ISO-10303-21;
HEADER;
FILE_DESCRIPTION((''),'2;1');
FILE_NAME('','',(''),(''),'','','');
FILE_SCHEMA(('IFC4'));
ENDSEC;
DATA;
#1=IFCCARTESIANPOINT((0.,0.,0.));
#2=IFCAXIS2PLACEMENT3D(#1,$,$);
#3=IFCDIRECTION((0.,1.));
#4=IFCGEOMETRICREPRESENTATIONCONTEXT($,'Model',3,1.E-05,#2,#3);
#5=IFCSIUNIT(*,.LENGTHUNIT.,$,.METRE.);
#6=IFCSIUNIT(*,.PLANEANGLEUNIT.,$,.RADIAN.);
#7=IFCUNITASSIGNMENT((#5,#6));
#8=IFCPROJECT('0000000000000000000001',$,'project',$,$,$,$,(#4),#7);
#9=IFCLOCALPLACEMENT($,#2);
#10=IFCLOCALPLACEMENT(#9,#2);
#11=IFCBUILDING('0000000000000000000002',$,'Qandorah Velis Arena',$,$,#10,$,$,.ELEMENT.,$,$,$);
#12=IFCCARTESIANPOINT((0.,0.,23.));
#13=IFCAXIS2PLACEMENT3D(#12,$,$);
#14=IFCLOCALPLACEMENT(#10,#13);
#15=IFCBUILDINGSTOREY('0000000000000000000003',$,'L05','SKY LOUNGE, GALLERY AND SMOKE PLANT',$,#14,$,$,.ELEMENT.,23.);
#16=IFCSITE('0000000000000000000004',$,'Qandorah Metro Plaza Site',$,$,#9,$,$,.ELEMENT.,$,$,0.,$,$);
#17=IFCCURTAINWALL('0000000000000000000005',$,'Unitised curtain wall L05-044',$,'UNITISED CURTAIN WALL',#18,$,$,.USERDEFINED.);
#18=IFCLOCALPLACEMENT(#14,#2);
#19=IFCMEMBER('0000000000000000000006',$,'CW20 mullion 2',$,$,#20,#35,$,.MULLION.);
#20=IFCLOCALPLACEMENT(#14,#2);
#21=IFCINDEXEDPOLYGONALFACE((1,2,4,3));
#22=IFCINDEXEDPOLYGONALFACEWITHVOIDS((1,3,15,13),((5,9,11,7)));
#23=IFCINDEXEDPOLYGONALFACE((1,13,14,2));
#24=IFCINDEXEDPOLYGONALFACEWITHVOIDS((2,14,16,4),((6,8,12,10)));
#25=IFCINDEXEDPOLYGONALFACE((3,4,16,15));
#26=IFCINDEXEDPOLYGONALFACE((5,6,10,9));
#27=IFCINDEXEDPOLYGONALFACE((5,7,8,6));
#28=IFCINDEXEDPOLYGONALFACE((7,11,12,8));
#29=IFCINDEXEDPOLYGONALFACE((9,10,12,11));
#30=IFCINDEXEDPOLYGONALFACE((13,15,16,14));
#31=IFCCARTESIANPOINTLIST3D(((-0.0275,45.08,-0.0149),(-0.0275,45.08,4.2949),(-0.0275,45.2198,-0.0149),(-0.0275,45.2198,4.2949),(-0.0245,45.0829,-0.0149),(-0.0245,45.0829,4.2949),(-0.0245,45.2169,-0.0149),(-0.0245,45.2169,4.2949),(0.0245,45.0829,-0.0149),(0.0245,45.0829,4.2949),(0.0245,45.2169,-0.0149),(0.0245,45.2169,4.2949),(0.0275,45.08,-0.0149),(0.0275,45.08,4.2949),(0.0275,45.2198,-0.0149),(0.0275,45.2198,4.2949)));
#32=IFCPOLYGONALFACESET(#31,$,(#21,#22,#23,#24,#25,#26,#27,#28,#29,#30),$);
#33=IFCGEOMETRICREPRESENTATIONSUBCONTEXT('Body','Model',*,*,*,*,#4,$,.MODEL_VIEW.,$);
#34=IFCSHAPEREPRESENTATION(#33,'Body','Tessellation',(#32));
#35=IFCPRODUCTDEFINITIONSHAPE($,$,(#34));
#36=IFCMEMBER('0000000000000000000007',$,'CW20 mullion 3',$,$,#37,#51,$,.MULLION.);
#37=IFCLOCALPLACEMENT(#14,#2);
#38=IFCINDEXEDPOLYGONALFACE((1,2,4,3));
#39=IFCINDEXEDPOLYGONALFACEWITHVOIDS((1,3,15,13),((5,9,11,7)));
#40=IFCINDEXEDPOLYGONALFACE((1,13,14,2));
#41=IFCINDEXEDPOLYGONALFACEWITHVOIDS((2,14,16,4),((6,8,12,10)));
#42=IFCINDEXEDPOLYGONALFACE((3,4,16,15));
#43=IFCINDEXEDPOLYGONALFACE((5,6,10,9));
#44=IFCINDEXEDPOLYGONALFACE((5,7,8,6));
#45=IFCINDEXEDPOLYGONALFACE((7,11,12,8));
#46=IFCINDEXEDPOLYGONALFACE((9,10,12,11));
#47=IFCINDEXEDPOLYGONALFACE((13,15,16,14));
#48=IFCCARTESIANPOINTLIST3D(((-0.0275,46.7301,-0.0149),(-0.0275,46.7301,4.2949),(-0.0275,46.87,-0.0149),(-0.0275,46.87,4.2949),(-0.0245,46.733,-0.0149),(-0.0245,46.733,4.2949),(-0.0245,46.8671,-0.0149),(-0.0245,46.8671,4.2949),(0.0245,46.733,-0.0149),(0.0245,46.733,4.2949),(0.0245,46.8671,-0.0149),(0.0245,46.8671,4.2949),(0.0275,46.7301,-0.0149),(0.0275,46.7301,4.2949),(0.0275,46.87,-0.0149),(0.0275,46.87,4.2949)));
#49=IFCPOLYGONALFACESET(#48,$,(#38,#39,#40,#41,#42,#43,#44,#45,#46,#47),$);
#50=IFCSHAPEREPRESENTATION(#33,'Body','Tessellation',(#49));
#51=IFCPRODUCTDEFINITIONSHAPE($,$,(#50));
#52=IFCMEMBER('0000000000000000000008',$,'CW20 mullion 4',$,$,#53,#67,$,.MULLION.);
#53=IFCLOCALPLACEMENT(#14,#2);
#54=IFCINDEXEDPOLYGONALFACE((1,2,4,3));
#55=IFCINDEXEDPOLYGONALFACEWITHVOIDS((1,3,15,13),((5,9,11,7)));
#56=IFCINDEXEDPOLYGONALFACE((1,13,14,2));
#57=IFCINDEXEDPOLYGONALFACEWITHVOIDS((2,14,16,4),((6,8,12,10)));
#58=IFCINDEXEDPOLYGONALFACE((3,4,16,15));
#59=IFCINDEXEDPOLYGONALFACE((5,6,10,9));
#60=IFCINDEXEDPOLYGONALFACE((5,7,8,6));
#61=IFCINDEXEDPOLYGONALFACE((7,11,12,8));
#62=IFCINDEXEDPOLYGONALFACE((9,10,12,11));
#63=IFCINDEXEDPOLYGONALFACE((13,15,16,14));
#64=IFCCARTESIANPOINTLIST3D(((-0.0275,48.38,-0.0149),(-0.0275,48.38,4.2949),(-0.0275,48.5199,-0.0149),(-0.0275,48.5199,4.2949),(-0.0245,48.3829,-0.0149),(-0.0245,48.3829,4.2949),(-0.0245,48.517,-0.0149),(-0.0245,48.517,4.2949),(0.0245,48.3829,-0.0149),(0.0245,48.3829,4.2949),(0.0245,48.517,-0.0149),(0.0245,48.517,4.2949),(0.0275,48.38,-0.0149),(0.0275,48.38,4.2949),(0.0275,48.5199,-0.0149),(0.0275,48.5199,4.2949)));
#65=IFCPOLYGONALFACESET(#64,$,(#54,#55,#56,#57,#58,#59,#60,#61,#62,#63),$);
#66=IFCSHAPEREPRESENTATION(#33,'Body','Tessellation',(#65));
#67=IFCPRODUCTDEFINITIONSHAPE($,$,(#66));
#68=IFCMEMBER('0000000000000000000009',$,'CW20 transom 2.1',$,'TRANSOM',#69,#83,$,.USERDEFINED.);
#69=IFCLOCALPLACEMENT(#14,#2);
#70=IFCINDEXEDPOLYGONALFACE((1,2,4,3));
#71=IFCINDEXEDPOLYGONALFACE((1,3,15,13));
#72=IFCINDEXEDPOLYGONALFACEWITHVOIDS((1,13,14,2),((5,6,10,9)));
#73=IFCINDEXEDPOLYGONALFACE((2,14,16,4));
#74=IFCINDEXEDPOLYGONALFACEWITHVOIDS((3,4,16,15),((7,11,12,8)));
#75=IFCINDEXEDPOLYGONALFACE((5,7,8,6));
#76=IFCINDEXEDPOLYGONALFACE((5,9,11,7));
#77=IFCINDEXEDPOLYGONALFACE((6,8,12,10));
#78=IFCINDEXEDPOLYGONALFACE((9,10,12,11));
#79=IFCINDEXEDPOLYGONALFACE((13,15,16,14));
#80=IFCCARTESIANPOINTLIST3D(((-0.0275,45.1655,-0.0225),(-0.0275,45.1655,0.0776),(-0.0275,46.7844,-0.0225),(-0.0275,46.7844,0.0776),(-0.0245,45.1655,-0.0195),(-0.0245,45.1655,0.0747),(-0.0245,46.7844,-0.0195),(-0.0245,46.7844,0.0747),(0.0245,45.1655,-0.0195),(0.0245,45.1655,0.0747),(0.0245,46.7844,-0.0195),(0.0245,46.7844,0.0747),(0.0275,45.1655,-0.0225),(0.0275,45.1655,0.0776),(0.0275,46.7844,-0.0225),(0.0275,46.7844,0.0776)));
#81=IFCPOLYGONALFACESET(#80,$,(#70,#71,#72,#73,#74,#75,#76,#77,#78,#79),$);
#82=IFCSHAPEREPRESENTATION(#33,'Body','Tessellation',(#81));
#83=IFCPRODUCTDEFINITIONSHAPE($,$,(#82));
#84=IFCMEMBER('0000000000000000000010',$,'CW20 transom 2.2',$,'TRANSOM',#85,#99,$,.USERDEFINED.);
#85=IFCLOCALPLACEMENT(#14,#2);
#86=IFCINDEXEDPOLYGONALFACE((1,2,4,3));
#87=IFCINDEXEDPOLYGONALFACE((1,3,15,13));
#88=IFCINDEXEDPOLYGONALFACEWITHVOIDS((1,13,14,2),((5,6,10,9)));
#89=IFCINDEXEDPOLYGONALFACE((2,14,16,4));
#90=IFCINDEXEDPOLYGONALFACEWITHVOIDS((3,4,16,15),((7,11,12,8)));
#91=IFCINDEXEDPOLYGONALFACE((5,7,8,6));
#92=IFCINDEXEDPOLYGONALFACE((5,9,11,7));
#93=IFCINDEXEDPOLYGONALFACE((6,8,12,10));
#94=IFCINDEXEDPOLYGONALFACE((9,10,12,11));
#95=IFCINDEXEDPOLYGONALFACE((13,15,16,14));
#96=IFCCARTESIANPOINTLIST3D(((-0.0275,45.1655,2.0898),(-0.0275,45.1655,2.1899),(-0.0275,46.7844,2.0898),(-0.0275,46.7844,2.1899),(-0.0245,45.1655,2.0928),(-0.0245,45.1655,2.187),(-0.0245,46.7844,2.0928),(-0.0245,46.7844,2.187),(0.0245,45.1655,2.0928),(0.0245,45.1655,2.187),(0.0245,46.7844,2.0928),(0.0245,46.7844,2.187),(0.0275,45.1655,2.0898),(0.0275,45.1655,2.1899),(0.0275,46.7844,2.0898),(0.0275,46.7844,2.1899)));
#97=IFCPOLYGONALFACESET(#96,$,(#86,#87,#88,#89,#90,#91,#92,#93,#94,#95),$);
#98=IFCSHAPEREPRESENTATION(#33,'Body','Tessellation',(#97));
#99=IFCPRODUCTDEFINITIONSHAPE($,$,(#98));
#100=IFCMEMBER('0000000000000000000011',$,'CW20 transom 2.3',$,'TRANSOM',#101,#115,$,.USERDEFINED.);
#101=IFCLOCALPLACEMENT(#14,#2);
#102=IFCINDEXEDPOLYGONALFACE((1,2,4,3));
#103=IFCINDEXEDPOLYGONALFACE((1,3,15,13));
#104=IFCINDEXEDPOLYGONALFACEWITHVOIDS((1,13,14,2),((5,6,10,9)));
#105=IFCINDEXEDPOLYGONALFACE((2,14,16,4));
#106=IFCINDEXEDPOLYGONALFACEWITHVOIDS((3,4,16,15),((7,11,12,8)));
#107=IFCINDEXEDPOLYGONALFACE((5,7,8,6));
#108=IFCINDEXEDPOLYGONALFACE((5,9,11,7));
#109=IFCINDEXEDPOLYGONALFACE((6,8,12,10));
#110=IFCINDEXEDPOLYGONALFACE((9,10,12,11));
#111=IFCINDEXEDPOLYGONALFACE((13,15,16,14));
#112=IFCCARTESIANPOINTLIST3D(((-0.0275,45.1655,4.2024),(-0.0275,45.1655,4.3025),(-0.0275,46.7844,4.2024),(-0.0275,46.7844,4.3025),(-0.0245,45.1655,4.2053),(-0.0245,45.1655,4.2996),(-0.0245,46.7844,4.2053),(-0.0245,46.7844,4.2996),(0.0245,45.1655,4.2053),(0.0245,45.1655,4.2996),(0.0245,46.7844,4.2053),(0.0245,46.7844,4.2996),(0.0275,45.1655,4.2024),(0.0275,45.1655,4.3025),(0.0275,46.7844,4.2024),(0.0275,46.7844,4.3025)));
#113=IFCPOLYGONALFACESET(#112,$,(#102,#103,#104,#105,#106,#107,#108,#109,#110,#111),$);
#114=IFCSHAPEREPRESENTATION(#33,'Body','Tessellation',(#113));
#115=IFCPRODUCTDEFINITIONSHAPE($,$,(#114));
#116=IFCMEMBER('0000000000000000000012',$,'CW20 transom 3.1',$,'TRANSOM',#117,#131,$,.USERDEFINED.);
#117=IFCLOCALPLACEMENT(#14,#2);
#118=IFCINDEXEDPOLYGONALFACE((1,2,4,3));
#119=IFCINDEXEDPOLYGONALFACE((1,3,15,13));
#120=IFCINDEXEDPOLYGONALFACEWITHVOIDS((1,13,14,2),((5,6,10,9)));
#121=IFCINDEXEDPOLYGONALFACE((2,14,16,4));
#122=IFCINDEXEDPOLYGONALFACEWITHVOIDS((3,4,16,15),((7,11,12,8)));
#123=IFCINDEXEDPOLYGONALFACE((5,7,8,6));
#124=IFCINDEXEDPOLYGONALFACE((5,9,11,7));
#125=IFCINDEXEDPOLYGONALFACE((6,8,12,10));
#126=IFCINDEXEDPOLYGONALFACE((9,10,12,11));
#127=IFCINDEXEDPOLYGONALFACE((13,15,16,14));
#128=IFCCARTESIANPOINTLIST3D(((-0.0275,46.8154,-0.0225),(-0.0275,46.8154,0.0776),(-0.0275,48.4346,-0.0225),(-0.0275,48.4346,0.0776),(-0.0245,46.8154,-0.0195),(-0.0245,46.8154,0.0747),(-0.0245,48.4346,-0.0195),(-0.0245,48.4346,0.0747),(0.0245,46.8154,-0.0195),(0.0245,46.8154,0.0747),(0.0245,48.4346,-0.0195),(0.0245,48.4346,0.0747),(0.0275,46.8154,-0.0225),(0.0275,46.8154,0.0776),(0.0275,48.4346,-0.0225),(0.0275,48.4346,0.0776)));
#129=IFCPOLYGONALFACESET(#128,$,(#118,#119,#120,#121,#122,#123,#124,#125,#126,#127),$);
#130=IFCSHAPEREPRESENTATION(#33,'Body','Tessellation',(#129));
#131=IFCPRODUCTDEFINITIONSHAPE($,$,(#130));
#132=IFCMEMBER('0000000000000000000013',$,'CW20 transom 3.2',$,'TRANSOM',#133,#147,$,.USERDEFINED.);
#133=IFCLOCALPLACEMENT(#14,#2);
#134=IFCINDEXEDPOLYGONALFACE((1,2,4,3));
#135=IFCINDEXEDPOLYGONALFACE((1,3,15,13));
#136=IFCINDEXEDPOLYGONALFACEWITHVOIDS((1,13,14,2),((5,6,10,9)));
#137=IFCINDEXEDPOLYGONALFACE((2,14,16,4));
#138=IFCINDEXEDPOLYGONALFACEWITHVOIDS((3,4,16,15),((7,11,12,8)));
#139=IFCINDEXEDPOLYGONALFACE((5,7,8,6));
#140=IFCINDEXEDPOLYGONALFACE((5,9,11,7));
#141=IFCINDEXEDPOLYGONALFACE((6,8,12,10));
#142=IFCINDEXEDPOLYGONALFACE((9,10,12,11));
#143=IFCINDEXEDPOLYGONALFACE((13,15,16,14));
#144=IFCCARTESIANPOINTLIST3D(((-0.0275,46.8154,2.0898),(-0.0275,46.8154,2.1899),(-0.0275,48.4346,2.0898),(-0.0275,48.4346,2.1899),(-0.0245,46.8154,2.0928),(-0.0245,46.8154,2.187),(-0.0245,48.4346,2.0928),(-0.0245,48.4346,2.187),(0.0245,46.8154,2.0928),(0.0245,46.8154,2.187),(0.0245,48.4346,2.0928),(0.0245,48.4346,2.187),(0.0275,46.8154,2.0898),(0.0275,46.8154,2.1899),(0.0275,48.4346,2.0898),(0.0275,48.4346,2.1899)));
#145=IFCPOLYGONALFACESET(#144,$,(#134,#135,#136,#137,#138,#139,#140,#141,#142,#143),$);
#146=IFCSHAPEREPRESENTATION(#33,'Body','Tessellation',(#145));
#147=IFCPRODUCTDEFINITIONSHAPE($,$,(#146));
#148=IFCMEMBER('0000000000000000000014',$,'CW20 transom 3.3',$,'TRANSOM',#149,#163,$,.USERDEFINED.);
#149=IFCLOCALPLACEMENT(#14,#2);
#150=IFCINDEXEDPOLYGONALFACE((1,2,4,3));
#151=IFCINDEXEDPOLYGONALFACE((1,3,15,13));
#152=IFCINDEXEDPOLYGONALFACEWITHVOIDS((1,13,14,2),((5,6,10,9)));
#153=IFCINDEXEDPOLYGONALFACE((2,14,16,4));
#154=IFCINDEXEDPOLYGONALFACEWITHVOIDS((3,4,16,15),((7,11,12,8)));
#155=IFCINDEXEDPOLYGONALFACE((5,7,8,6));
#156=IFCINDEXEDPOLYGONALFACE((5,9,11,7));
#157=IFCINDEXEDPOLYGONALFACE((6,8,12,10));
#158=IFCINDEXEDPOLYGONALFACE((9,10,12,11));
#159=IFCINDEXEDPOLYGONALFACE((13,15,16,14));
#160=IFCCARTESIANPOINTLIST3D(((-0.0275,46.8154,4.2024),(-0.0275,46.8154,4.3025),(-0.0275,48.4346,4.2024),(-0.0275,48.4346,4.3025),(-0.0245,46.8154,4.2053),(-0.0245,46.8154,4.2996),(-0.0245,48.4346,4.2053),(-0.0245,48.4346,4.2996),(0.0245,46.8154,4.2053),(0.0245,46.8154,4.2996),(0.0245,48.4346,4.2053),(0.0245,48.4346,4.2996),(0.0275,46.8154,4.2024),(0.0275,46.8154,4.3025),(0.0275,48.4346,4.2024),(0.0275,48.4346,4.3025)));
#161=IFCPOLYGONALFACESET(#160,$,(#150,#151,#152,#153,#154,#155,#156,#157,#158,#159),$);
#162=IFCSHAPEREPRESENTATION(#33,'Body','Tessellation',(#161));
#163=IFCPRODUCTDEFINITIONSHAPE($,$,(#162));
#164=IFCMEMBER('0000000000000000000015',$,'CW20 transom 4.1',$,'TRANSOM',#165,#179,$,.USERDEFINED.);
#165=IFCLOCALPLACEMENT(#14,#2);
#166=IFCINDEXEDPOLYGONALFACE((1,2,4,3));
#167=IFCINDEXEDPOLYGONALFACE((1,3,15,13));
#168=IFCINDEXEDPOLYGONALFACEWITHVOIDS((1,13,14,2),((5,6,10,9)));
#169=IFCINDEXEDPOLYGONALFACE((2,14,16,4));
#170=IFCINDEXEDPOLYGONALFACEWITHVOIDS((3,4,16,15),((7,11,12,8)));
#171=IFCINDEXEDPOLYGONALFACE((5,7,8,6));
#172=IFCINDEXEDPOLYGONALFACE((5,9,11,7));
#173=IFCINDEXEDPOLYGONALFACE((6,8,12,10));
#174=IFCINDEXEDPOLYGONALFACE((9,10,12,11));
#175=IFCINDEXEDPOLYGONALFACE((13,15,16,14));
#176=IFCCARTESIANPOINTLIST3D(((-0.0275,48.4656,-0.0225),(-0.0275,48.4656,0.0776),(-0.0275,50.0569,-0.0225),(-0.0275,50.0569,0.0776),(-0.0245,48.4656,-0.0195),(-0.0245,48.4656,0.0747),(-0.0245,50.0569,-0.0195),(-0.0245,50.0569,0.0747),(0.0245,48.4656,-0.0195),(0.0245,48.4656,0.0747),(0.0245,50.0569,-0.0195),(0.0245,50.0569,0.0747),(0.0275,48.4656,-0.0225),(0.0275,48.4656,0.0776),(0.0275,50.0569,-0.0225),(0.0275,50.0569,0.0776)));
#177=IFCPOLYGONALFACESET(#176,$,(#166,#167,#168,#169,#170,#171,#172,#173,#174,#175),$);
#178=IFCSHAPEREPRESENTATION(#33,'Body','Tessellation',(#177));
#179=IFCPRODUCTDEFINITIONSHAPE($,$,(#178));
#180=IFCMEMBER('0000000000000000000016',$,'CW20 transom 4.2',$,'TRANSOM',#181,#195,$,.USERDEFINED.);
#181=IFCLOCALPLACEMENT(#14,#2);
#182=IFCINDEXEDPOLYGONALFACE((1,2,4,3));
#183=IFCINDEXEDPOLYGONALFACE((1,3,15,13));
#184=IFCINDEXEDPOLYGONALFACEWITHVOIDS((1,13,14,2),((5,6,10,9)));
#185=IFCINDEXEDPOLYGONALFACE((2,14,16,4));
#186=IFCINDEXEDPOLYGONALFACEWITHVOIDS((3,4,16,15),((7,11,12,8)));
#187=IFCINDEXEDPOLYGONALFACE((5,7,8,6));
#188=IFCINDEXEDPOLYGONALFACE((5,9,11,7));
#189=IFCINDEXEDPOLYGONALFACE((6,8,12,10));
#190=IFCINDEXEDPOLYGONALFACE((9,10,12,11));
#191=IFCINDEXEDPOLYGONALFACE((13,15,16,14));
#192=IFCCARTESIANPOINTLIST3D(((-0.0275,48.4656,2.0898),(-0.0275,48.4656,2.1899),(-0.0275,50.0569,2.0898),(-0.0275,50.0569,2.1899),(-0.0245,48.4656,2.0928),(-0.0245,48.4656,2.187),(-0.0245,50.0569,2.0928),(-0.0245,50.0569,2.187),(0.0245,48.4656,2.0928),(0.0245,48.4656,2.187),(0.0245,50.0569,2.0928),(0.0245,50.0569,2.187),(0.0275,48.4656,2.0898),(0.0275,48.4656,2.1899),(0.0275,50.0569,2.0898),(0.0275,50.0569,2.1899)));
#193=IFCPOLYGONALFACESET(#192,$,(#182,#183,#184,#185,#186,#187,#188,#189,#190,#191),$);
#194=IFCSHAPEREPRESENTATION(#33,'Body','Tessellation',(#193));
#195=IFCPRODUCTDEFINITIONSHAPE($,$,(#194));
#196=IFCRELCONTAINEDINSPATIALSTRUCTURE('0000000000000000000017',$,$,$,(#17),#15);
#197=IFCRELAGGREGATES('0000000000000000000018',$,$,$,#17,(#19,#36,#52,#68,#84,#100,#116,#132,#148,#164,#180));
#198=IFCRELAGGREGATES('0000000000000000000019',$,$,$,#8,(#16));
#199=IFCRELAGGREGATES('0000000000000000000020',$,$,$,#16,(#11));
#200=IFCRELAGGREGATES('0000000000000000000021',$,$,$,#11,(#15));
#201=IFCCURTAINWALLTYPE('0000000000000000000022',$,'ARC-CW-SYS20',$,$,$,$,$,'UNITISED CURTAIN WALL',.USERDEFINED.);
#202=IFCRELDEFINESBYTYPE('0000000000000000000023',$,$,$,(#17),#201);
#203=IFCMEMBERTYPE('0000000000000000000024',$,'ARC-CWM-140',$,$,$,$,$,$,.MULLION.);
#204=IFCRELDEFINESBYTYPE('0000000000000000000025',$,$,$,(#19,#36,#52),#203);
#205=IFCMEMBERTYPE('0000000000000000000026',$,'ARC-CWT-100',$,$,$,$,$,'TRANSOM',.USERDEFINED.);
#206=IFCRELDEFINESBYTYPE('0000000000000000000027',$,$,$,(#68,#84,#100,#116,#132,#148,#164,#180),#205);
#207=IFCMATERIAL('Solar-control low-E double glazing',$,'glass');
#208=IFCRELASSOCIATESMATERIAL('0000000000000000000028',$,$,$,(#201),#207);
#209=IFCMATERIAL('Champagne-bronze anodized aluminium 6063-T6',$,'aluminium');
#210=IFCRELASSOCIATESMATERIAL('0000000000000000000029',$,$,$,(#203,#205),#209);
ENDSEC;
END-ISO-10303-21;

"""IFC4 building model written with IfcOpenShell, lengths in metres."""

from ifc_helpers import new_model, si_unit, direction, frame, origin, origin_2d, place, context, subcontext, project, spatial, hollow_rectangle, extrude, material, material_profile, profile_set, type_object, element, aggregate, save


model = new_model("IFC4")

# Units and contexts
model_context = context("Model", 3, precision=1e-05, world=origin(), true_north=direction((0.0, 1.0)))
body_context = subcontext(model_context, "Body", "Model", "MODEL_VIEW")
ifc_project = project(units=[si_unit("LENGTHUNIT", "METRE"), si_unit("PLANEANGLEUNIT", "RADIAN")], contexts=[model_context])

# Site, building, storey
site_placement = place(None, origin())
site = spatial("IfcSite", under=ifc_project, at=site_placement, Name="Qandorah Metro Plaza Site", CompositionType="ELEMENT", RefElevation=0.0)
building_placement = place(site_placement, origin())
building = spatial("IfcBuilding", under=site, at=building_placement, Name="Qandorah Velis Arena", CompositionType="ELEMENT")
storey_placement = place(building_placement, frame((0.0, 0.0, 23.0)))
storey = spatial("IfcBuildingStorey", under=building, at=storey_placement, Name="L05", Description="SKY LOUNGE, GALLERY AND SMOKE PLANT", CompositionType="ELEMENT", Elevation=23.0)

# Curtain wall, members
ifc_material_1 = material(Name="Solar-control low-E double glazing", Category="glass")
curtain_wall_type = type_object("IfcCurtainWallType", Name="ARC-CW-SYS20", ElementType="UNITISED CURTAIN WALL", PredefinedType="USERDEFINED", material=ifc_material_1)
curtain_wall_placement = place(storey_placement, origin())
curtain_wall = element("IfcCurtainWall", 1, at=curtain_wall_placement, inside=storey, type_object=curtain_wall_type, Name="Unitised curtain wall L05-044", ObjectType="UNITISED CURTAIN WALL", PredefinedType="USERDEFINED")
ifc_material_2 = material(Name="Champagne-bronze anodized aluminium 6063-T6", Category="aluminium")
ifc_material_profile_1 = material_profile(ifc_material_2, hollow_rectangle(XDim=0.0549, YDim=0.1399, WallThickness=0.0029, at=origin_2d()), Name="ALU MULLION 55x140")
ifc_profile_set_1 = profile_set([ifc_material_profile_1], Name="Champagne-bronze anodized aluminium 6063-T6")
member_type_1 = type_object("IfcMemberType", Name="ARC-CWM-140", PredefinedType="MULLION", material=ifc_profile_set_1)
member_1_placement = place(storey_placement, frame((0.0, 45.1499, -0.0149), z_axis=(0.0, 0.0, 1.0), x_axis=(-1.0, 0.0, 0.0)))
member_1 = element("IfcMember", 2, at=member_1_placement, type_object=member_type_1, Name="CW20 mullion 2", PredefinedType="MULLION", context=body_context, shape_type="SweptSolid", body=[
    extrude(hollow_rectangle(XDim=0.0549, YDim=0.1399, WallThickness=0.0029, at=origin_2d()), origin(), (0.0, 0.0, 1.0), 4.3098),
])
member_2_placement = place(storey_placement, frame((0.0, 46.8, -0.0149), z_axis=(0.0, 0.0, 1.0), x_axis=(-1.0, 0.0, 0.0)))
member_2 = element("IfcMember", 3, at=member_2_placement, type_object=member_type_1, Name="CW20 mullion 3", PredefinedType="MULLION", context=body_context, shape_type="SweptSolid", body=[
    extrude(hollow_rectangle(XDim=0.0549, YDim=0.1399, WallThickness=0.0029, at=origin_2d()), origin(), (0.0, 0.0, 1.0), 4.3098),
])
member_3_placement = place(storey_placement, frame((0.0, 48.45, -0.0149), z_axis=(0.0, 0.0, 1.0), x_axis=(-1.0, 0.0, 0.0)))
member_3 = element("IfcMember", 4, at=member_3_placement, type_object=member_type_1, Name="CW20 mullion 4", PredefinedType="MULLION", context=body_context, shape_type="SweptSolid", body=[
    extrude(hollow_rectangle(XDim=0.0549, YDim=0.1399, WallThickness=0.0029, at=origin_2d()), origin(), (0.0, 0.0, 1.0), 4.3098),
])
ifc_material_profile_2 = material_profile(ifc_material_2, hollow_rectangle(XDim=0.0549, YDim=0.1001, WallThickness=0.0029, at=origin_2d()), Name="ALU TRANSOM 55x100")
ifc_profile_set_2 = profile_set([ifc_material_profile_2], Name="Champagne-bronze anodized aluminium 6063-T6")
member_type_2 = type_object("IfcMemberType", Name="ARC-CWT-100", ElementType="TRANSOM", PredefinedType="USERDEFINED", material=ifc_profile_set_2)
member_4_placement = place(storey_placement, frame((0.0, 45.1655, 0.0276), z_axis=(0.0, 1.0, 0.0), x_axis=(-1.0, 0.0, 0.0)))
member_4 = element("IfcMember", 5, at=member_4_placement, type_object=member_type_2, Name="CW20 transom 2.1", ObjectType="TRANSOM", PredefinedType="USERDEFINED", context=body_context, shape_type="SweptSolid", body=[
    extrude(hollow_rectangle(XDim=0.0549, YDim=0.1001, WallThickness=0.0029, at=origin_2d()), origin(), (0.0, 0.0, 1.0), 1.6189),
])
member_5_placement = place(storey_placement, frame((0.0, 45.1655, 2.1399), z_axis=(0.0, 1.0, 0.0), x_axis=(-1.0, 0.0, 0.0)))
member_5 = element("IfcMember", 6, at=member_5_placement, type_object=member_type_2, Name="CW20 transom 2.2", ObjectType="TRANSOM", PredefinedType="USERDEFINED", context=body_context, shape_type="SweptSolid", body=[
    extrude(hollow_rectangle(XDim=0.0549, YDim=0.1001, WallThickness=0.0029, at=origin_2d()), origin(), (0.0, 0.0, 1.0), 1.6189),
])
member_6_placement = place(storey_placement, frame((0.0, 45.1655, 4.2524), z_axis=(0.0, 1.0, 0.0), x_axis=(-1.0, 0.0, 0.0)))
member_6 = element("IfcMember", 7, at=member_6_placement, type_object=member_type_2, Name="CW20 transom 2.3", ObjectType="TRANSOM", PredefinedType="USERDEFINED", context=body_context, shape_type="SweptSolid", body=[
    extrude(hollow_rectangle(XDim=0.0549, YDim=0.1001, WallThickness=0.0029, at=origin_2d()), origin(), (0.0, 0.0, 1.0), 1.6189),
])
member_7_placement = place(storey_placement, frame((0.0, 46.8154, 0.0276), z_axis=(0.0, 1.0, 0.0), x_axis=(-1.0, 0.0, 0.0)))
member_7 = element("IfcMember", 8, at=member_7_placement, type_object=member_type_2, Name="CW20 transom 3.1", ObjectType="TRANSOM", PredefinedType="USERDEFINED", context=body_context, shape_type="SweptSolid", body=[
    extrude(hollow_rectangle(XDim=0.0549, YDim=0.1001, WallThickness=0.0029, at=origin_2d()), origin(), (0.0, 0.0, 1.0), 1.6191),
])
member_8_placement = place(storey_placement, frame((0.0, 46.8154, 2.1399), z_axis=(0.0, 1.0, 0.0), x_axis=(-1.0, 0.0, 0.0)))
member_8 = element("IfcMember", 9, at=member_8_placement, type_object=member_type_2, Name="CW20 transom 3.2", ObjectType="TRANSOM", PredefinedType="USERDEFINED", context=body_context, shape_type="SweptSolid", body=[
    extrude(hollow_rectangle(XDim=0.0549, YDim=0.1001, WallThickness=0.0029, at=origin_2d()), origin(), (0.0, 0.0, 1.0), 1.6191),
])
member_9_placement = place(storey_placement, frame((0.0, 46.8154, 4.2524), z_axis=(0.0, 1.0, 0.0), x_axis=(-1.0, 0.0, 0.0)))
member_9 = element("IfcMember", 10, at=member_9_placement, type_object=member_type_2, Name="CW20 transom 3.3", ObjectType="TRANSOM", PredefinedType="USERDEFINED", context=body_context, shape_type="SweptSolid", body=[
    extrude(hollow_rectangle(XDim=0.0549, YDim=0.1001, WallThickness=0.0029, at=origin_2d()), origin(), (0.0, 0.0, 1.0), 1.6191),
])
member_10_placement = place(storey_placement, frame((0.0, 48.4656, 0.0276), z_axis=(0.0, 1.0, 0.0), x_axis=(-1.0, 0.0, 0.0)))
member_10 = element("IfcMember", 11, at=member_10_placement, type_object=member_type_2, Name="CW20 transom 4.1", ObjectType="TRANSOM", PredefinedType="USERDEFINED", context=body_context, shape_type="SweptSolid", body=[
    extrude(hollow_rectangle(XDim=0.0549, YDim=0.1001, WallThickness=0.0029, at=origin_2d()), origin(), (0.0, 0.0, 1.0), 1.5913),
])
member_11_placement = place(storey_placement, frame((0.0, 48.4656, 2.1399), z_axis=(0.0, 1.0, 0.0), x_axis=(-1.0, 0.0, 0.0)))
member_11 = element("IfcMember", 12, at=member_11_placement, type_object=member_type_2, Name="CW20 transom 4.2", ObjectType="TRANSOM", PredefinedType="USERDEFINED", context=body_context, shape_type="SweptSolid", body=[
    extrude(hollow_rectangle(XDim=0.0549, YDim=0.1001, WallThickness=0.0029, at=origin_2d()), origin(), (0.0, 0.0, 1.0), 1.5913),
])
aggregate(curtain_wall, [member_1, member_2, member_3, member_4, member_5, member_6, member_7, member_8, member_9, member_10, member_11])

save(model, "model.ifc")
